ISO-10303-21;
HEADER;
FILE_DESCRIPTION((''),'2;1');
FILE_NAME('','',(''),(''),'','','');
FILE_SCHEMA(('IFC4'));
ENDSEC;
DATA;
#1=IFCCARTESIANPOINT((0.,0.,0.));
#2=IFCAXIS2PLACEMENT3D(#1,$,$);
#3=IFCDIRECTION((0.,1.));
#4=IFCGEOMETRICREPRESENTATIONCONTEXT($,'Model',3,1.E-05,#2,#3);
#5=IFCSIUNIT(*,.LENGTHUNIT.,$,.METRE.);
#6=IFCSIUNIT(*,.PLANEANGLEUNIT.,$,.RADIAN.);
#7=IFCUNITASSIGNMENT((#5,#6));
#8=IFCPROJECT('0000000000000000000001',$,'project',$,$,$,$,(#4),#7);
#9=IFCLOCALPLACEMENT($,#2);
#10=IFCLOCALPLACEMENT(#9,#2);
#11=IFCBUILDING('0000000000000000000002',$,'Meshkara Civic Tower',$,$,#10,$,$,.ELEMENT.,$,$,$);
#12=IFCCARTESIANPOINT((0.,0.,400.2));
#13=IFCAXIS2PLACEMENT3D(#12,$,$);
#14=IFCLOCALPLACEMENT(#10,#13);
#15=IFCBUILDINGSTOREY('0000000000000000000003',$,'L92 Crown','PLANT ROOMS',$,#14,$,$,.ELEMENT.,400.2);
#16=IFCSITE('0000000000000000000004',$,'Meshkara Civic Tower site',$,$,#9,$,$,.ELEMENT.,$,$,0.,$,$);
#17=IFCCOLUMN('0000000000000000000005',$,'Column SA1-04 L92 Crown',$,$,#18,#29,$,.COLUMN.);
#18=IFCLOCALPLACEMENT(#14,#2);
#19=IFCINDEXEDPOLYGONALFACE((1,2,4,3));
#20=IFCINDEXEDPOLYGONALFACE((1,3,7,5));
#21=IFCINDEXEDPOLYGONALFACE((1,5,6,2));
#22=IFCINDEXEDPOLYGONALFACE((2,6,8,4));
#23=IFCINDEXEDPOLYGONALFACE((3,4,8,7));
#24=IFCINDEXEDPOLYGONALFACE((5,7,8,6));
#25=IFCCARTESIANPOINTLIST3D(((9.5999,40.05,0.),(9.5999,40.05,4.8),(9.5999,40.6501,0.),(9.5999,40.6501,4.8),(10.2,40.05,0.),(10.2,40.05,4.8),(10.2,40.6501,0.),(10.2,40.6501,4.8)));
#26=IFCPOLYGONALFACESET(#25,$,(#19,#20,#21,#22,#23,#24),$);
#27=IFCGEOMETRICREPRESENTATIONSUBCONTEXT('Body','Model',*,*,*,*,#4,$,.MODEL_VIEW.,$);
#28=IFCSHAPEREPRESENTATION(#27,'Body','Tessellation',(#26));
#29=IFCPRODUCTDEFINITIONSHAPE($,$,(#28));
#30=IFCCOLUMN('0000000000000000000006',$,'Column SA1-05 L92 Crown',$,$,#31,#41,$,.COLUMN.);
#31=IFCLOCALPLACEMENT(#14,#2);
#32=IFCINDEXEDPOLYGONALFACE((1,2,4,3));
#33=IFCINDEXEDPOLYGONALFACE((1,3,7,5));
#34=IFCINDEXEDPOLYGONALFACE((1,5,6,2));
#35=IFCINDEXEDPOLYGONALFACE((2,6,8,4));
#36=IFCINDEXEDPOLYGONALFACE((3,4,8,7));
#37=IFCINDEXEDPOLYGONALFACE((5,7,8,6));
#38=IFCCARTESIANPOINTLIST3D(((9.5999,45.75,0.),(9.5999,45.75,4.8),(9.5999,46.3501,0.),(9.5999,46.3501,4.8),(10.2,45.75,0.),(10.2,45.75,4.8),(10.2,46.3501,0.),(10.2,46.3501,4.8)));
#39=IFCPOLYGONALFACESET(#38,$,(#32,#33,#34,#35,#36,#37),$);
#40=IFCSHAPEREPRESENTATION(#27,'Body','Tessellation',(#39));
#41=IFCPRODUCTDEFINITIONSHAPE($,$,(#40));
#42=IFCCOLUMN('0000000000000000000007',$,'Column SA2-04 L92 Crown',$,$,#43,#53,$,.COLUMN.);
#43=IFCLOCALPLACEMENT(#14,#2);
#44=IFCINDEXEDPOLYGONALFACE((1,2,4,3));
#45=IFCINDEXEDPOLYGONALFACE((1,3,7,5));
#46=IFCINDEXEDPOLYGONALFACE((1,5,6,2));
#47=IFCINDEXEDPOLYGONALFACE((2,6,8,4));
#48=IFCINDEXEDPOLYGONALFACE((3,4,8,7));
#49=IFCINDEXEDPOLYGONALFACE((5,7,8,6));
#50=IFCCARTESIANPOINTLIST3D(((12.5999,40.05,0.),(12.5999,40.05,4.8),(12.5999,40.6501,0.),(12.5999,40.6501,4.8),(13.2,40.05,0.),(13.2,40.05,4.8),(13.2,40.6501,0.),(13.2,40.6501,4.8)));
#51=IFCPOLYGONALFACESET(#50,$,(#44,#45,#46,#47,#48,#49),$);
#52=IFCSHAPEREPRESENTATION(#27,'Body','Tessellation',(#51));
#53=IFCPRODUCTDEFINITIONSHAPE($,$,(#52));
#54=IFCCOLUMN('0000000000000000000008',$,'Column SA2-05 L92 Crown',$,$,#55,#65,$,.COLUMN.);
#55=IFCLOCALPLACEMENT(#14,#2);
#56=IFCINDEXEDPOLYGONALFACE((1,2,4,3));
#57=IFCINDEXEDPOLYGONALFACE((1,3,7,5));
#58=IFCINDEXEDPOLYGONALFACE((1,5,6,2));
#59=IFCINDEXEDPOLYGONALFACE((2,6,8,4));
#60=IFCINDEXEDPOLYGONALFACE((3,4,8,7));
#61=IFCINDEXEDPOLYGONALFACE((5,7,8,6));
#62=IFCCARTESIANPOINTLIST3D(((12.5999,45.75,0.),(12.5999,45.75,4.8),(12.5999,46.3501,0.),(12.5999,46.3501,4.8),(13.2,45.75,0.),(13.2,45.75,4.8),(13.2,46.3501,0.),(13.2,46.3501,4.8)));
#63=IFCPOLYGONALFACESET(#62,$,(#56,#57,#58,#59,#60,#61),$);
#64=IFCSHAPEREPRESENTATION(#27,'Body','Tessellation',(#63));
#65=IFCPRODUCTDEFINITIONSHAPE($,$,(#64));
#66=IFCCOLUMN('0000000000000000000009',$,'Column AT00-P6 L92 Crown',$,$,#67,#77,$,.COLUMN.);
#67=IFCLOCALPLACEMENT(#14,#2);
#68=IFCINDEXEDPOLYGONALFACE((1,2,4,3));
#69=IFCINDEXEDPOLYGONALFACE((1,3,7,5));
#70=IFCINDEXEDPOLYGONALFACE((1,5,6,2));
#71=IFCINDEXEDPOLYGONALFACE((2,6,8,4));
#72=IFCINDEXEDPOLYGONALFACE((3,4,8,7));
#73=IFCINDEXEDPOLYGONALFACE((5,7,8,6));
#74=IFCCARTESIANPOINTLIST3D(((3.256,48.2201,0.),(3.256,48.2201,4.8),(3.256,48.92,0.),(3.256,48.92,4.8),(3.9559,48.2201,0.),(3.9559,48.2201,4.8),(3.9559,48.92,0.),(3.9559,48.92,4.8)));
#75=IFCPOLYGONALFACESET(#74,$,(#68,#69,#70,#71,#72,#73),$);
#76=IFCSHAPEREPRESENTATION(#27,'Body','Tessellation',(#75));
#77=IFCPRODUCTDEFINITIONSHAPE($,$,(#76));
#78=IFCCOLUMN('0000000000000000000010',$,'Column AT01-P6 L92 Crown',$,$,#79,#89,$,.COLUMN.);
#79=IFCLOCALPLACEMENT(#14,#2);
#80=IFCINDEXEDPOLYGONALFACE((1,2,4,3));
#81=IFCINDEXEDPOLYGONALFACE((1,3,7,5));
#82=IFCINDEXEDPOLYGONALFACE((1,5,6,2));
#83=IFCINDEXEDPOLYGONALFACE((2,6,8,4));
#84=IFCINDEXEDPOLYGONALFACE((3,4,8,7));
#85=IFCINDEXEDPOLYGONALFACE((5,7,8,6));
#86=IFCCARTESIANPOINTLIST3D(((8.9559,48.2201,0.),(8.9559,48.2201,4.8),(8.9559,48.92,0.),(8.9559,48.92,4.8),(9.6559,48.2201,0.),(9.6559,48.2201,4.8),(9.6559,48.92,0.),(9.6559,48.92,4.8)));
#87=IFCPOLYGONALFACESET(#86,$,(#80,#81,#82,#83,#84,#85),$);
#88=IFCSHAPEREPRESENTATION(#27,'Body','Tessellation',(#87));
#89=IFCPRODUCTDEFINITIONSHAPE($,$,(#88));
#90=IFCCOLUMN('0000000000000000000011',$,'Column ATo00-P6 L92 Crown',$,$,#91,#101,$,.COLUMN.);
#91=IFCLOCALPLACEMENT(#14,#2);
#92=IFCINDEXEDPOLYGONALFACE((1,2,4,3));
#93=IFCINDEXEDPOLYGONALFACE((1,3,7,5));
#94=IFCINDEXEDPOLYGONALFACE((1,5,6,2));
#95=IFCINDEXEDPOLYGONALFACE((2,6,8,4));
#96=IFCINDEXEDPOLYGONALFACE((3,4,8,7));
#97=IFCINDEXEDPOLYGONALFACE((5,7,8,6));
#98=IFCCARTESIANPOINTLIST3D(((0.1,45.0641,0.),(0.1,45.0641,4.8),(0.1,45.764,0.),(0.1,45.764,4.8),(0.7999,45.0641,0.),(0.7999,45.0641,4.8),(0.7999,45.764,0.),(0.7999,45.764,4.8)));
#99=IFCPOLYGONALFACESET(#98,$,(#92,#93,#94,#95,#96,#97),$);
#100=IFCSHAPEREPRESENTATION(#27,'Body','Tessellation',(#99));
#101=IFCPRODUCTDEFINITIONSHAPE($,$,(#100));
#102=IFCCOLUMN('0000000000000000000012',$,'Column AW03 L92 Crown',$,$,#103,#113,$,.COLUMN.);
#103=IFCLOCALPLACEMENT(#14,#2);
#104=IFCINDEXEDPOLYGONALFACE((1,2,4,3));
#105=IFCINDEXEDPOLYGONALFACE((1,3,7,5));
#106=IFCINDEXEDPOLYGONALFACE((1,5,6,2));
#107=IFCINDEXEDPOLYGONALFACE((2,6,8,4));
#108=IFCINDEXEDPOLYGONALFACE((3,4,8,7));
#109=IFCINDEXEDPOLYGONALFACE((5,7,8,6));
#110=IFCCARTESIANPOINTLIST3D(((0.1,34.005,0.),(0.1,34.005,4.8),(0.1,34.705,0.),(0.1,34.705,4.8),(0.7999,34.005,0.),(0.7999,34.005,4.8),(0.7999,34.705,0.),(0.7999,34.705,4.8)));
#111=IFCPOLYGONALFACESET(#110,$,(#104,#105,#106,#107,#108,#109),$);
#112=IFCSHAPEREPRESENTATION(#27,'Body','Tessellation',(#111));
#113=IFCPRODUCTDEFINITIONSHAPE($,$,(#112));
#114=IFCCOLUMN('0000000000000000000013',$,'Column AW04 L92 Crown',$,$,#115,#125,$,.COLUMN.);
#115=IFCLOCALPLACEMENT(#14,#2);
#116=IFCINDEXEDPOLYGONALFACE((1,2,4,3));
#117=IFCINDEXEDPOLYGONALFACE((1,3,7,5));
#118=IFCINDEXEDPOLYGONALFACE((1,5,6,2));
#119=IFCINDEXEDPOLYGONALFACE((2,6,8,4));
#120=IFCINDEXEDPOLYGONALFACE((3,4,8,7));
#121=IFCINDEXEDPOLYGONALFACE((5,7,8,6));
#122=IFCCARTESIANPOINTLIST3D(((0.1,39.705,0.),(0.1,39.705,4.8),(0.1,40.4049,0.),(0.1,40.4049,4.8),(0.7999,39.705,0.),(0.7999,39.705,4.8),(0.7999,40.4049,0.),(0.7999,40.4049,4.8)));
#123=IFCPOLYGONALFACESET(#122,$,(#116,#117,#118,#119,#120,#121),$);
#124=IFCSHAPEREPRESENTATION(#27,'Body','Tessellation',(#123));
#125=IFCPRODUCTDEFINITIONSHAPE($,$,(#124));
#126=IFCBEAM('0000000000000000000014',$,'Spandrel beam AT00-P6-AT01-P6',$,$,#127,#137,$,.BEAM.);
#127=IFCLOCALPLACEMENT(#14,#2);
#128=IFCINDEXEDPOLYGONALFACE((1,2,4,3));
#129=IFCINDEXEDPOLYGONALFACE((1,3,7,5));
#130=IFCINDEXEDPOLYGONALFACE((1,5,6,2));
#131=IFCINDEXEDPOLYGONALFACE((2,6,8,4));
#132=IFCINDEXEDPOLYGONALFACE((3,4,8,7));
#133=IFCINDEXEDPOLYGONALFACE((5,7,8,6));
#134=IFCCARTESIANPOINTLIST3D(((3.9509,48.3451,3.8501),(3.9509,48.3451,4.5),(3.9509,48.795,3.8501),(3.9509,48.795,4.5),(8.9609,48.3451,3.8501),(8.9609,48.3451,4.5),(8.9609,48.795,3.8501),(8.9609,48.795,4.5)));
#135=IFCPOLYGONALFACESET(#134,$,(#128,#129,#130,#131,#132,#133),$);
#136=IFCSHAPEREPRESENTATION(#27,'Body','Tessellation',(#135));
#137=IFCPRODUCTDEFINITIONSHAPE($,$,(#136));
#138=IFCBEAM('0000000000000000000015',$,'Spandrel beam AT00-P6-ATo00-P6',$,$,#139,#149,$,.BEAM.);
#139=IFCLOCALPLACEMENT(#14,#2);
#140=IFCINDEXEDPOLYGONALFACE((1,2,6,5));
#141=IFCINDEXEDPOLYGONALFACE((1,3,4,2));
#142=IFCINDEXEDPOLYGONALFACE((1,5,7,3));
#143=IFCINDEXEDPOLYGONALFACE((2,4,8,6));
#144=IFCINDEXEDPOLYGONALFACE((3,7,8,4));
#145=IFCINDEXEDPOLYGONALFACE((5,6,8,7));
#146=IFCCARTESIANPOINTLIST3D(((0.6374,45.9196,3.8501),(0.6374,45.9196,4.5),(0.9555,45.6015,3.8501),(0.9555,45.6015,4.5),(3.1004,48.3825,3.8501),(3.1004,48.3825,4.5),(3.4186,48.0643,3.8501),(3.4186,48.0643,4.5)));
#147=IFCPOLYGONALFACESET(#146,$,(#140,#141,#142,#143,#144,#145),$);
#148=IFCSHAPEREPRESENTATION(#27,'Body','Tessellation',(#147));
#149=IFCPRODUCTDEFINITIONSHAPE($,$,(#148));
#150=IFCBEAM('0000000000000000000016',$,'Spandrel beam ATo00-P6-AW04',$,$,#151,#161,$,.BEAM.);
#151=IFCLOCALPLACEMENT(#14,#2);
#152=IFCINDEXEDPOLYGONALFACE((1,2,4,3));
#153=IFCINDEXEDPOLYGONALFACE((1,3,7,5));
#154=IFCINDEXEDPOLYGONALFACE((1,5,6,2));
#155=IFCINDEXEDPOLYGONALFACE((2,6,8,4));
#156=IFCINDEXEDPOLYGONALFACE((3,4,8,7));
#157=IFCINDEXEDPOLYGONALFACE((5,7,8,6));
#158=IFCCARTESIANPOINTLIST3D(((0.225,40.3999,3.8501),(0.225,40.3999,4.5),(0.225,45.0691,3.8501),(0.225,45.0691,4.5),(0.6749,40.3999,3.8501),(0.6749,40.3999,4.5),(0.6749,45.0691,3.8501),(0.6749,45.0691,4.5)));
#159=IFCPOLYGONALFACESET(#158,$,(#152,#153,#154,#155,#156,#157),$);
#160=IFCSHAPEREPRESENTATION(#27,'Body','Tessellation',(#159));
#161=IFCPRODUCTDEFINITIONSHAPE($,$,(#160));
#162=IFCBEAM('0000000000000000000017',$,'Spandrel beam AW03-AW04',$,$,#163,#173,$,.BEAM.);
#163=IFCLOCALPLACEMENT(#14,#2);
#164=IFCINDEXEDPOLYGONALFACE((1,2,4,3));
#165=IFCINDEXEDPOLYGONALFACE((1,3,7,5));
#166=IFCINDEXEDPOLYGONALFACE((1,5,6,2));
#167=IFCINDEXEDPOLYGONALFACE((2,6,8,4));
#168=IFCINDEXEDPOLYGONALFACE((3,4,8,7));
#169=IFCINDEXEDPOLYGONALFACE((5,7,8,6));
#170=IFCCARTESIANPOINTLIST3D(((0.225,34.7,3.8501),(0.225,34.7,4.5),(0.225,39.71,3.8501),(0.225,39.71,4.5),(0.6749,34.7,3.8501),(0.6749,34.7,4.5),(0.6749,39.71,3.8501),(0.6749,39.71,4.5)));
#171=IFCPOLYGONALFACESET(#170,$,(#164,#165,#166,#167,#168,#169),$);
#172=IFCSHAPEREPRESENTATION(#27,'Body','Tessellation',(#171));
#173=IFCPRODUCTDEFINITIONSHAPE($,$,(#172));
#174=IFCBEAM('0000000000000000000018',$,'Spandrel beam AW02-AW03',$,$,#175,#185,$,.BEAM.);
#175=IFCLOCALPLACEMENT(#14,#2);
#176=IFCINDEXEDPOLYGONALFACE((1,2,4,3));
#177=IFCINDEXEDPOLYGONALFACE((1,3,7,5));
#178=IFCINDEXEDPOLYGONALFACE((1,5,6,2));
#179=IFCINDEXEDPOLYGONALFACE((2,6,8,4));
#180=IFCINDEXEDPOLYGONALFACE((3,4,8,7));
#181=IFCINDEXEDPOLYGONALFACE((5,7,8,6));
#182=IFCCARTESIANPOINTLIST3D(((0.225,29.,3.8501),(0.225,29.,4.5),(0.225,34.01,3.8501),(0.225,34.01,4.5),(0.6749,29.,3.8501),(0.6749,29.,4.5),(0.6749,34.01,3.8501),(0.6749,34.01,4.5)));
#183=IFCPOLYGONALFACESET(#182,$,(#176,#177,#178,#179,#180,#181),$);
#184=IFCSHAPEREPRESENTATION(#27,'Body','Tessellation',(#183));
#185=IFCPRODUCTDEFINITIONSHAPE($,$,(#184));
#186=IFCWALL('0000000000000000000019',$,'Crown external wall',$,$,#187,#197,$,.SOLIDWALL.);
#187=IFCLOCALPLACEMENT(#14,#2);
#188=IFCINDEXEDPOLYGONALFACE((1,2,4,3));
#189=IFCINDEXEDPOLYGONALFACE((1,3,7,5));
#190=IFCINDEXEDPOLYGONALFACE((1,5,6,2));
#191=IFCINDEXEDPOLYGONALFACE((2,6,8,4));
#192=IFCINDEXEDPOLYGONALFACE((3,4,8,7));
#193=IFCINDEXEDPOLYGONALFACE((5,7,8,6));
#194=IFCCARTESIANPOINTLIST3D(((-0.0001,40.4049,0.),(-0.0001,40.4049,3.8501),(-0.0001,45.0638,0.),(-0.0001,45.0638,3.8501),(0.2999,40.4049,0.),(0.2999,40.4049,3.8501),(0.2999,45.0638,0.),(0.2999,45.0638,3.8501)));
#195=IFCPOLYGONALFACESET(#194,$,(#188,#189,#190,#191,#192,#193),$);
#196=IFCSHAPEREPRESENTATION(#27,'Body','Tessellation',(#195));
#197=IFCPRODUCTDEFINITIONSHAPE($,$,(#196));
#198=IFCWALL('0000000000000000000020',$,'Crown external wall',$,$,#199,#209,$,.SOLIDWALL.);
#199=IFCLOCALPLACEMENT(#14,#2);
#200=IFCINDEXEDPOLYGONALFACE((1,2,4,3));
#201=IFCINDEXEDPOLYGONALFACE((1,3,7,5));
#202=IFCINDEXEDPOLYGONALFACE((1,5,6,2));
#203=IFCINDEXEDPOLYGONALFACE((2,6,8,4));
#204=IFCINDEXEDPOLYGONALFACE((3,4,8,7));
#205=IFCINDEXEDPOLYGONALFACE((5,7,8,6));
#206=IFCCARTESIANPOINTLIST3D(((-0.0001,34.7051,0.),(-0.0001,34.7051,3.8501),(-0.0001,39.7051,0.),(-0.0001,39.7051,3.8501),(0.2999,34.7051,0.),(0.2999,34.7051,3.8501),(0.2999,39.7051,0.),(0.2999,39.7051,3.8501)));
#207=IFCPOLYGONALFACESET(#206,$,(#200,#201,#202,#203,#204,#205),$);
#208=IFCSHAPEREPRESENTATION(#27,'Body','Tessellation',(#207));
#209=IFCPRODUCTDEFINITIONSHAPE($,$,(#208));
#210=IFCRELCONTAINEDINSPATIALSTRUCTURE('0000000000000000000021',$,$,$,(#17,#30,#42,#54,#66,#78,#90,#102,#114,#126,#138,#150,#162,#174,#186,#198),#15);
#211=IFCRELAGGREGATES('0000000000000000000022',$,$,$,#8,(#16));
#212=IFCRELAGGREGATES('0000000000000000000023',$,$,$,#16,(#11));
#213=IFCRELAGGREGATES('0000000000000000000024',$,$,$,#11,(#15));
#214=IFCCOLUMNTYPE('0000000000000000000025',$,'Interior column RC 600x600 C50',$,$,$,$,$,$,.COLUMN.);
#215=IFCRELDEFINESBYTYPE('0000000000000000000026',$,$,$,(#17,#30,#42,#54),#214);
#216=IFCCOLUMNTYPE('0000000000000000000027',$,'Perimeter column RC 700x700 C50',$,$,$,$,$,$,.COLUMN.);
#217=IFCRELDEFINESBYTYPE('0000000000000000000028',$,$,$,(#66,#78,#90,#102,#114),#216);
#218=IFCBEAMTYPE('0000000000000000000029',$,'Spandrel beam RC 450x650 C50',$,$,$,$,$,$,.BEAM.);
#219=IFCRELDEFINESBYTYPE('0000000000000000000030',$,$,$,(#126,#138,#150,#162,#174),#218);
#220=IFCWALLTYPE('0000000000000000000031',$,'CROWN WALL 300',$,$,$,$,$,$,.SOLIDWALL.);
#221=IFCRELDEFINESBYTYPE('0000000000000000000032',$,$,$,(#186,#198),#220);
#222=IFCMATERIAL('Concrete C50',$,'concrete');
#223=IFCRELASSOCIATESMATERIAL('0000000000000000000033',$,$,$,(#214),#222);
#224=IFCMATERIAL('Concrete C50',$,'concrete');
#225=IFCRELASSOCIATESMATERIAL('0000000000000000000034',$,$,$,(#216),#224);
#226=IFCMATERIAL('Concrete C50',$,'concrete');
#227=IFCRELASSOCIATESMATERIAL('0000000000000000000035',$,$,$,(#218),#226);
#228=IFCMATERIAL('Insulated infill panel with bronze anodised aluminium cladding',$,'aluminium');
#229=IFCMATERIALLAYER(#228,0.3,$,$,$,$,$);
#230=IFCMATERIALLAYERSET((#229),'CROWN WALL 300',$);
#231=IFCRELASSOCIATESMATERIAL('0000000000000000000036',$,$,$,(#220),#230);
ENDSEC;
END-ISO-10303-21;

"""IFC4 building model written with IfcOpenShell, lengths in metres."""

from ifc_helpers import new_model, si_unit, direction, frame, frame_2d, origin, origin_2d, place, context, subcontext, project, spatial, rectangle, extrude, material, layer, layer_set, material_profile, profile_set, type_object, element, save


model = new_model("IFC4")

# Units and contexts
model_context = context("Model", 3, precision=1e-05, world=origin(), true_north=direction((0.0, 1.0)))
body_context = subcontext(model_context, "Body", "Model", "MODEL_VIEW")
ifc_project = project(units=[si_unit("LENGTHUNIT", "METRE"), si_unit("PLANEANGLEUNIT", "RADIAN")], contexts=[model_context])

# Site, building, storey
site_placement = place(None, origin())
site = spatial("IfcSite", under=ifc_project, at=site_placement, Name="Meshkara Civic Tower site", CompositionType="ELEMENT", RefElevation=0.0)
building_placement = place(site_placement, origin())
building = spatial("IfcBuilding", under=site, at=building_placement, Name="Meshkara Civic Tower", CompositionType="ELEMENT")
storey_placement = place(building_placement, frame((0.0, 0.0, 400.2)))
storey = spatial("IfcBuildingStorey", under=building, at=storey_placement, Name="L92 Crown", Description="PLANT ROOMS", CompositionType="ELEMENT", Elevation=400.2)

# Columns
ifc_material_1 = material(Name="Concrete C50", Category="concrete")
ifc_material_profile_1 = material_profile(ifc_material_1, rectangle(XDim=0.6001, YDim=0.6001, at=origin_2d()))
ifc_profile_set_1 = profile_set([ifc_material_profile_1], Name="Concrete C50")
column_type_1 = type_object("IfcColumnType", Name="Interior column RC 600x600 C50", PredefinedType="COLUMN", material=ifc_profile_set_1)
for number, where, z_axis, x_axis, name in (
    (1, (9.8999, 40.3501, 0.0), (0.0, 0.0, 1.0), (1.0, 0.0, 0.0), "Column SA1-04 L92 Crown"),
    (2, (9.8999, 46.05, 0.0), (0.0, 0.0, 1.0), (1.0, 0.0, 0.0), "Column SA1-05 L92 Crown"),
    (3, (12.8999, 40.3501, 0.0), (0.0, 0.0, 1.0), (1.0, 0.0, 0.0), "Column SA2-04 L92 Crown"),
    (4, (12.8999, 46.05, 0.0), (0.0, 0.0, 1.0), (1.0, 0.0, 0.0), "Column SA2-05 L92 Crown"),
):
    element("IfcColumn", number, at=place(storey_placement, frame(where, z_axis=z_axis, x_axis=x_axis)), inside=storey, type_object=column_type_1, Name=name, PredefinedType="COLUMN", context=body_context, shape_type="SweptSolid", body=[
        extrude(rectangle(XDim=0.6001, YDim=0.6001, at=origin_2d()), origin(), (0.0, 0.0, 1.0), 4.8),
    ])
ifc_material_2 = material(Name="Concrete C50", Category="concrete")
ifc_material_profile_2 = material_profile(ifc_material_2, rectangle(XDim=0.7, YDim=0.7, at=origin_2d()))
ifc_profile_set_2 = profile_set([ifc_material_profile_2], Name="Concrete C50")
column_type_2 = type_object("IfcColumnType", Name="Perimeter column RC 700x700 C50", PredefinedType="COLUMN", material=ifc_profile_set_2)
for number, where, z_axis, x_axis, name in (
    (5, (3.606, 48.5701, 0.0), (0.0, 0.0, 1.0), (1.0, 0.0, 0.0), "Column AT00-P6 L92 Crown"),
    (6, (9.3059, 48.5701, 0.0), (0.0, 0.0, 1.0), (1.0, 0.0, 0.0), "Column AT01-P6 L92 Crown"),
    (7, (0.45, 45.4141, 0.0), (0.0, 0.0, 1.0), (1.0, 0.0, 0.0), "Column ATo00-P6 L92 Crown"),
    (8, (0.45, 34.355, 0.0), (0.0, 0.0, 1.0), (1.0, 0.0, 0.0), "Column AW03 L92 Crown"),
    (9, (0.45, 40.0549, 0.0), (0.0, 0.0, 1.0), (1.0, 0.0, 0.0), "Column AW04 L92 Crown"),
):
    element("IfcColumn", number, at=place(storey_placement, frame(where, z_axis=z_axis, x_axis=x_axis)), inside=storey, type_object=column_type_2, Name=name, PredefinedType="COLUMN", context=body_context, shape_type="SweptSolid", body=[
        extrude(rectangle(XDim=0.7, YDim=0.7, at=origin_2d()), origin(), (0.0, 0.0, 1.0), 4.8),
    ])

# Beams
ifc_material_3 = material(Name="Concrete C50", Category="concrete")
ifc_material_profile_3 = material_profile(ifc_material_3, rectangle(XDim=0.45, YDim=0.6499, at=origin_2d()))
ifc_profile_set_3 = profile_set([ifc_material_profile_3], Name="Concrete C50")
beam_type = type_object("IfcBeamType", Name="Spandrel beam RC 450x650 C50", PredefinedType="BEAM", material=ifc_profile_set_3)
beam_1_placement = place(storey_placement, frame((8.9609, 48.5701, 4.175), z_axis=(-1.0, 0.0, 0.0), x_axis=(0.0, -1.0, 0.0)))
element("IfcBeam", 10, at=beam_1_placement, inside=storey, type_object=beam_type, Name="Spandrel beam AT00-P6-AT01-P6", PredefinedType="BEAM", context=body_context, shape_type="SweptSolid", body=[
    extrude(rectangle(XDim=0.45, YDim=0.6499, at=origin_2d()), origin(), (0.0, 0.0, 1.0), 5.01),
])
beam_2_placement = place(storey_placement, frame((3.2595, 48.2234, 4.175), z_axis=(-0.707142, -0.707072, 0.0), x_axis=(0.707072, -0.707142, 0.0)))
element("IfcBeam", 11, at=beam_2_placement, inside=storey, type_object=beam_type, Name="Spandrel beam AT00-P6-ATo00-P6", PredefinedType="BEAM", context=body_context, shape_type="SweptSolid", body=[
    extrude(rectangle(XDim=0.45, YDim=0.6499, at=origin_2d()), origin(), (0.0, 0.0, 1.0), 3.4832),
])
beam_3_placement = place(storey_placement, frame((0.45, 45.0691, 4.175), z_axis=(0.0, -1.0, 0.0), x_axis=(1.0, 0.0, 0.0)))
element("IfcBeam", 12, at=beam_3_placement, inside=storey, type_object=beam_type, Name="Spandrel beam ATo00-P6-AW04", PredefinedType="BEAM", context=body_context, shape_type="SweptSolid", body=[
    extrude(rectangle(XDim=0.45, YDim=0.6499, at=origin_2d()), origin(), (0.0, 0.0, 1.0), 4.6692),
])
for number, where, z_axis, x_axis, name in (
    (13, (0.45, 39.71, 4.175), (0.0, -1.0, 0.0), (1.0, 0.0, 0.0), "Spandrel beam AW03-AW04"),
    (14, (0.45, 34.01, 4.175), (0.0, -1.0, 0.0), (1.0, 0.0, 0.0), "Spandrel beam AW02-AW03"),
):
    element("IfcBeam", number, at=place(storey_placement, frame(where, z_axis=z_axis, x_axis=x_axis)), inside=storey, type_object=beam_type, Name=name, PredefinedType="BEAM", context=body_context, shape_type="SweptSolid", body=[
        extrude(rectangle(XDim=0.45, YDim=0.6499, at=origin_2d()), origin(), (0.0, 0.0, 1.0), 5.01),
    ])

# Shared definitions
ifc_material_4 = material(Name="Insulated infill panel with bronze anodised aluminium cladding", Category="aluminium")
ifc_layer_1 = layer(ifc_material_4, 0.3)
ifc_layer_set_1 = layer_set([ifc_layer_1], Name="CROWN WALL 300")
wall_type_1 = type_object("IfcWallType", Name="CROWN WALL 300", PredefinedType="SOLIDWALL", material=ifc_layer_set_1)

# Walls
wall_1_placement = place(storey_placement, frame((0.1499, 45.064, 0.0), z_axis=(0.0, 0.0, 1.0), x_axis=(0.0, -1.0, 0.0)))
element("IfcWall", 15, at=wall_1_placement, inside=storey, type_object=wall_type_1, Name="Crown external wall", PredefinedType="SOLIDWALL", context=body_context, shape_type="SweptSolid", body=[
    extrude(rectangle(XDim=4.6589, YDim=0.3, at=frame_2d((2.3296, 0.0))), origin(), (0.0, 0.0, 1.0), 3.8501),
])
for number, where, z_axis, x_axis, name in (
    (16, (0.1499, 39.7051, 0.0), (0.0, 0.0, 1.0), (0.0, -1.0, 0.0), "Crown external wall"),
):
    element("IfcWall", number, at=place(storey_placement, frame(where, z_axis=z_axis, x_axis=x_axis)), inside=storey, type_object=wall_type_1, Name=name, PredefinedType="SOLIDWALL", context=body_context, shape_type="SweptSolid", body=[
        extrude(rectangle(XDim=5.0, YDim=0.3, at=frame_2d((2.5, 0.0))), origin(), (0.0, 0.0, 1.0), 3.8501),
    ])

save(model, "model.ifc")
